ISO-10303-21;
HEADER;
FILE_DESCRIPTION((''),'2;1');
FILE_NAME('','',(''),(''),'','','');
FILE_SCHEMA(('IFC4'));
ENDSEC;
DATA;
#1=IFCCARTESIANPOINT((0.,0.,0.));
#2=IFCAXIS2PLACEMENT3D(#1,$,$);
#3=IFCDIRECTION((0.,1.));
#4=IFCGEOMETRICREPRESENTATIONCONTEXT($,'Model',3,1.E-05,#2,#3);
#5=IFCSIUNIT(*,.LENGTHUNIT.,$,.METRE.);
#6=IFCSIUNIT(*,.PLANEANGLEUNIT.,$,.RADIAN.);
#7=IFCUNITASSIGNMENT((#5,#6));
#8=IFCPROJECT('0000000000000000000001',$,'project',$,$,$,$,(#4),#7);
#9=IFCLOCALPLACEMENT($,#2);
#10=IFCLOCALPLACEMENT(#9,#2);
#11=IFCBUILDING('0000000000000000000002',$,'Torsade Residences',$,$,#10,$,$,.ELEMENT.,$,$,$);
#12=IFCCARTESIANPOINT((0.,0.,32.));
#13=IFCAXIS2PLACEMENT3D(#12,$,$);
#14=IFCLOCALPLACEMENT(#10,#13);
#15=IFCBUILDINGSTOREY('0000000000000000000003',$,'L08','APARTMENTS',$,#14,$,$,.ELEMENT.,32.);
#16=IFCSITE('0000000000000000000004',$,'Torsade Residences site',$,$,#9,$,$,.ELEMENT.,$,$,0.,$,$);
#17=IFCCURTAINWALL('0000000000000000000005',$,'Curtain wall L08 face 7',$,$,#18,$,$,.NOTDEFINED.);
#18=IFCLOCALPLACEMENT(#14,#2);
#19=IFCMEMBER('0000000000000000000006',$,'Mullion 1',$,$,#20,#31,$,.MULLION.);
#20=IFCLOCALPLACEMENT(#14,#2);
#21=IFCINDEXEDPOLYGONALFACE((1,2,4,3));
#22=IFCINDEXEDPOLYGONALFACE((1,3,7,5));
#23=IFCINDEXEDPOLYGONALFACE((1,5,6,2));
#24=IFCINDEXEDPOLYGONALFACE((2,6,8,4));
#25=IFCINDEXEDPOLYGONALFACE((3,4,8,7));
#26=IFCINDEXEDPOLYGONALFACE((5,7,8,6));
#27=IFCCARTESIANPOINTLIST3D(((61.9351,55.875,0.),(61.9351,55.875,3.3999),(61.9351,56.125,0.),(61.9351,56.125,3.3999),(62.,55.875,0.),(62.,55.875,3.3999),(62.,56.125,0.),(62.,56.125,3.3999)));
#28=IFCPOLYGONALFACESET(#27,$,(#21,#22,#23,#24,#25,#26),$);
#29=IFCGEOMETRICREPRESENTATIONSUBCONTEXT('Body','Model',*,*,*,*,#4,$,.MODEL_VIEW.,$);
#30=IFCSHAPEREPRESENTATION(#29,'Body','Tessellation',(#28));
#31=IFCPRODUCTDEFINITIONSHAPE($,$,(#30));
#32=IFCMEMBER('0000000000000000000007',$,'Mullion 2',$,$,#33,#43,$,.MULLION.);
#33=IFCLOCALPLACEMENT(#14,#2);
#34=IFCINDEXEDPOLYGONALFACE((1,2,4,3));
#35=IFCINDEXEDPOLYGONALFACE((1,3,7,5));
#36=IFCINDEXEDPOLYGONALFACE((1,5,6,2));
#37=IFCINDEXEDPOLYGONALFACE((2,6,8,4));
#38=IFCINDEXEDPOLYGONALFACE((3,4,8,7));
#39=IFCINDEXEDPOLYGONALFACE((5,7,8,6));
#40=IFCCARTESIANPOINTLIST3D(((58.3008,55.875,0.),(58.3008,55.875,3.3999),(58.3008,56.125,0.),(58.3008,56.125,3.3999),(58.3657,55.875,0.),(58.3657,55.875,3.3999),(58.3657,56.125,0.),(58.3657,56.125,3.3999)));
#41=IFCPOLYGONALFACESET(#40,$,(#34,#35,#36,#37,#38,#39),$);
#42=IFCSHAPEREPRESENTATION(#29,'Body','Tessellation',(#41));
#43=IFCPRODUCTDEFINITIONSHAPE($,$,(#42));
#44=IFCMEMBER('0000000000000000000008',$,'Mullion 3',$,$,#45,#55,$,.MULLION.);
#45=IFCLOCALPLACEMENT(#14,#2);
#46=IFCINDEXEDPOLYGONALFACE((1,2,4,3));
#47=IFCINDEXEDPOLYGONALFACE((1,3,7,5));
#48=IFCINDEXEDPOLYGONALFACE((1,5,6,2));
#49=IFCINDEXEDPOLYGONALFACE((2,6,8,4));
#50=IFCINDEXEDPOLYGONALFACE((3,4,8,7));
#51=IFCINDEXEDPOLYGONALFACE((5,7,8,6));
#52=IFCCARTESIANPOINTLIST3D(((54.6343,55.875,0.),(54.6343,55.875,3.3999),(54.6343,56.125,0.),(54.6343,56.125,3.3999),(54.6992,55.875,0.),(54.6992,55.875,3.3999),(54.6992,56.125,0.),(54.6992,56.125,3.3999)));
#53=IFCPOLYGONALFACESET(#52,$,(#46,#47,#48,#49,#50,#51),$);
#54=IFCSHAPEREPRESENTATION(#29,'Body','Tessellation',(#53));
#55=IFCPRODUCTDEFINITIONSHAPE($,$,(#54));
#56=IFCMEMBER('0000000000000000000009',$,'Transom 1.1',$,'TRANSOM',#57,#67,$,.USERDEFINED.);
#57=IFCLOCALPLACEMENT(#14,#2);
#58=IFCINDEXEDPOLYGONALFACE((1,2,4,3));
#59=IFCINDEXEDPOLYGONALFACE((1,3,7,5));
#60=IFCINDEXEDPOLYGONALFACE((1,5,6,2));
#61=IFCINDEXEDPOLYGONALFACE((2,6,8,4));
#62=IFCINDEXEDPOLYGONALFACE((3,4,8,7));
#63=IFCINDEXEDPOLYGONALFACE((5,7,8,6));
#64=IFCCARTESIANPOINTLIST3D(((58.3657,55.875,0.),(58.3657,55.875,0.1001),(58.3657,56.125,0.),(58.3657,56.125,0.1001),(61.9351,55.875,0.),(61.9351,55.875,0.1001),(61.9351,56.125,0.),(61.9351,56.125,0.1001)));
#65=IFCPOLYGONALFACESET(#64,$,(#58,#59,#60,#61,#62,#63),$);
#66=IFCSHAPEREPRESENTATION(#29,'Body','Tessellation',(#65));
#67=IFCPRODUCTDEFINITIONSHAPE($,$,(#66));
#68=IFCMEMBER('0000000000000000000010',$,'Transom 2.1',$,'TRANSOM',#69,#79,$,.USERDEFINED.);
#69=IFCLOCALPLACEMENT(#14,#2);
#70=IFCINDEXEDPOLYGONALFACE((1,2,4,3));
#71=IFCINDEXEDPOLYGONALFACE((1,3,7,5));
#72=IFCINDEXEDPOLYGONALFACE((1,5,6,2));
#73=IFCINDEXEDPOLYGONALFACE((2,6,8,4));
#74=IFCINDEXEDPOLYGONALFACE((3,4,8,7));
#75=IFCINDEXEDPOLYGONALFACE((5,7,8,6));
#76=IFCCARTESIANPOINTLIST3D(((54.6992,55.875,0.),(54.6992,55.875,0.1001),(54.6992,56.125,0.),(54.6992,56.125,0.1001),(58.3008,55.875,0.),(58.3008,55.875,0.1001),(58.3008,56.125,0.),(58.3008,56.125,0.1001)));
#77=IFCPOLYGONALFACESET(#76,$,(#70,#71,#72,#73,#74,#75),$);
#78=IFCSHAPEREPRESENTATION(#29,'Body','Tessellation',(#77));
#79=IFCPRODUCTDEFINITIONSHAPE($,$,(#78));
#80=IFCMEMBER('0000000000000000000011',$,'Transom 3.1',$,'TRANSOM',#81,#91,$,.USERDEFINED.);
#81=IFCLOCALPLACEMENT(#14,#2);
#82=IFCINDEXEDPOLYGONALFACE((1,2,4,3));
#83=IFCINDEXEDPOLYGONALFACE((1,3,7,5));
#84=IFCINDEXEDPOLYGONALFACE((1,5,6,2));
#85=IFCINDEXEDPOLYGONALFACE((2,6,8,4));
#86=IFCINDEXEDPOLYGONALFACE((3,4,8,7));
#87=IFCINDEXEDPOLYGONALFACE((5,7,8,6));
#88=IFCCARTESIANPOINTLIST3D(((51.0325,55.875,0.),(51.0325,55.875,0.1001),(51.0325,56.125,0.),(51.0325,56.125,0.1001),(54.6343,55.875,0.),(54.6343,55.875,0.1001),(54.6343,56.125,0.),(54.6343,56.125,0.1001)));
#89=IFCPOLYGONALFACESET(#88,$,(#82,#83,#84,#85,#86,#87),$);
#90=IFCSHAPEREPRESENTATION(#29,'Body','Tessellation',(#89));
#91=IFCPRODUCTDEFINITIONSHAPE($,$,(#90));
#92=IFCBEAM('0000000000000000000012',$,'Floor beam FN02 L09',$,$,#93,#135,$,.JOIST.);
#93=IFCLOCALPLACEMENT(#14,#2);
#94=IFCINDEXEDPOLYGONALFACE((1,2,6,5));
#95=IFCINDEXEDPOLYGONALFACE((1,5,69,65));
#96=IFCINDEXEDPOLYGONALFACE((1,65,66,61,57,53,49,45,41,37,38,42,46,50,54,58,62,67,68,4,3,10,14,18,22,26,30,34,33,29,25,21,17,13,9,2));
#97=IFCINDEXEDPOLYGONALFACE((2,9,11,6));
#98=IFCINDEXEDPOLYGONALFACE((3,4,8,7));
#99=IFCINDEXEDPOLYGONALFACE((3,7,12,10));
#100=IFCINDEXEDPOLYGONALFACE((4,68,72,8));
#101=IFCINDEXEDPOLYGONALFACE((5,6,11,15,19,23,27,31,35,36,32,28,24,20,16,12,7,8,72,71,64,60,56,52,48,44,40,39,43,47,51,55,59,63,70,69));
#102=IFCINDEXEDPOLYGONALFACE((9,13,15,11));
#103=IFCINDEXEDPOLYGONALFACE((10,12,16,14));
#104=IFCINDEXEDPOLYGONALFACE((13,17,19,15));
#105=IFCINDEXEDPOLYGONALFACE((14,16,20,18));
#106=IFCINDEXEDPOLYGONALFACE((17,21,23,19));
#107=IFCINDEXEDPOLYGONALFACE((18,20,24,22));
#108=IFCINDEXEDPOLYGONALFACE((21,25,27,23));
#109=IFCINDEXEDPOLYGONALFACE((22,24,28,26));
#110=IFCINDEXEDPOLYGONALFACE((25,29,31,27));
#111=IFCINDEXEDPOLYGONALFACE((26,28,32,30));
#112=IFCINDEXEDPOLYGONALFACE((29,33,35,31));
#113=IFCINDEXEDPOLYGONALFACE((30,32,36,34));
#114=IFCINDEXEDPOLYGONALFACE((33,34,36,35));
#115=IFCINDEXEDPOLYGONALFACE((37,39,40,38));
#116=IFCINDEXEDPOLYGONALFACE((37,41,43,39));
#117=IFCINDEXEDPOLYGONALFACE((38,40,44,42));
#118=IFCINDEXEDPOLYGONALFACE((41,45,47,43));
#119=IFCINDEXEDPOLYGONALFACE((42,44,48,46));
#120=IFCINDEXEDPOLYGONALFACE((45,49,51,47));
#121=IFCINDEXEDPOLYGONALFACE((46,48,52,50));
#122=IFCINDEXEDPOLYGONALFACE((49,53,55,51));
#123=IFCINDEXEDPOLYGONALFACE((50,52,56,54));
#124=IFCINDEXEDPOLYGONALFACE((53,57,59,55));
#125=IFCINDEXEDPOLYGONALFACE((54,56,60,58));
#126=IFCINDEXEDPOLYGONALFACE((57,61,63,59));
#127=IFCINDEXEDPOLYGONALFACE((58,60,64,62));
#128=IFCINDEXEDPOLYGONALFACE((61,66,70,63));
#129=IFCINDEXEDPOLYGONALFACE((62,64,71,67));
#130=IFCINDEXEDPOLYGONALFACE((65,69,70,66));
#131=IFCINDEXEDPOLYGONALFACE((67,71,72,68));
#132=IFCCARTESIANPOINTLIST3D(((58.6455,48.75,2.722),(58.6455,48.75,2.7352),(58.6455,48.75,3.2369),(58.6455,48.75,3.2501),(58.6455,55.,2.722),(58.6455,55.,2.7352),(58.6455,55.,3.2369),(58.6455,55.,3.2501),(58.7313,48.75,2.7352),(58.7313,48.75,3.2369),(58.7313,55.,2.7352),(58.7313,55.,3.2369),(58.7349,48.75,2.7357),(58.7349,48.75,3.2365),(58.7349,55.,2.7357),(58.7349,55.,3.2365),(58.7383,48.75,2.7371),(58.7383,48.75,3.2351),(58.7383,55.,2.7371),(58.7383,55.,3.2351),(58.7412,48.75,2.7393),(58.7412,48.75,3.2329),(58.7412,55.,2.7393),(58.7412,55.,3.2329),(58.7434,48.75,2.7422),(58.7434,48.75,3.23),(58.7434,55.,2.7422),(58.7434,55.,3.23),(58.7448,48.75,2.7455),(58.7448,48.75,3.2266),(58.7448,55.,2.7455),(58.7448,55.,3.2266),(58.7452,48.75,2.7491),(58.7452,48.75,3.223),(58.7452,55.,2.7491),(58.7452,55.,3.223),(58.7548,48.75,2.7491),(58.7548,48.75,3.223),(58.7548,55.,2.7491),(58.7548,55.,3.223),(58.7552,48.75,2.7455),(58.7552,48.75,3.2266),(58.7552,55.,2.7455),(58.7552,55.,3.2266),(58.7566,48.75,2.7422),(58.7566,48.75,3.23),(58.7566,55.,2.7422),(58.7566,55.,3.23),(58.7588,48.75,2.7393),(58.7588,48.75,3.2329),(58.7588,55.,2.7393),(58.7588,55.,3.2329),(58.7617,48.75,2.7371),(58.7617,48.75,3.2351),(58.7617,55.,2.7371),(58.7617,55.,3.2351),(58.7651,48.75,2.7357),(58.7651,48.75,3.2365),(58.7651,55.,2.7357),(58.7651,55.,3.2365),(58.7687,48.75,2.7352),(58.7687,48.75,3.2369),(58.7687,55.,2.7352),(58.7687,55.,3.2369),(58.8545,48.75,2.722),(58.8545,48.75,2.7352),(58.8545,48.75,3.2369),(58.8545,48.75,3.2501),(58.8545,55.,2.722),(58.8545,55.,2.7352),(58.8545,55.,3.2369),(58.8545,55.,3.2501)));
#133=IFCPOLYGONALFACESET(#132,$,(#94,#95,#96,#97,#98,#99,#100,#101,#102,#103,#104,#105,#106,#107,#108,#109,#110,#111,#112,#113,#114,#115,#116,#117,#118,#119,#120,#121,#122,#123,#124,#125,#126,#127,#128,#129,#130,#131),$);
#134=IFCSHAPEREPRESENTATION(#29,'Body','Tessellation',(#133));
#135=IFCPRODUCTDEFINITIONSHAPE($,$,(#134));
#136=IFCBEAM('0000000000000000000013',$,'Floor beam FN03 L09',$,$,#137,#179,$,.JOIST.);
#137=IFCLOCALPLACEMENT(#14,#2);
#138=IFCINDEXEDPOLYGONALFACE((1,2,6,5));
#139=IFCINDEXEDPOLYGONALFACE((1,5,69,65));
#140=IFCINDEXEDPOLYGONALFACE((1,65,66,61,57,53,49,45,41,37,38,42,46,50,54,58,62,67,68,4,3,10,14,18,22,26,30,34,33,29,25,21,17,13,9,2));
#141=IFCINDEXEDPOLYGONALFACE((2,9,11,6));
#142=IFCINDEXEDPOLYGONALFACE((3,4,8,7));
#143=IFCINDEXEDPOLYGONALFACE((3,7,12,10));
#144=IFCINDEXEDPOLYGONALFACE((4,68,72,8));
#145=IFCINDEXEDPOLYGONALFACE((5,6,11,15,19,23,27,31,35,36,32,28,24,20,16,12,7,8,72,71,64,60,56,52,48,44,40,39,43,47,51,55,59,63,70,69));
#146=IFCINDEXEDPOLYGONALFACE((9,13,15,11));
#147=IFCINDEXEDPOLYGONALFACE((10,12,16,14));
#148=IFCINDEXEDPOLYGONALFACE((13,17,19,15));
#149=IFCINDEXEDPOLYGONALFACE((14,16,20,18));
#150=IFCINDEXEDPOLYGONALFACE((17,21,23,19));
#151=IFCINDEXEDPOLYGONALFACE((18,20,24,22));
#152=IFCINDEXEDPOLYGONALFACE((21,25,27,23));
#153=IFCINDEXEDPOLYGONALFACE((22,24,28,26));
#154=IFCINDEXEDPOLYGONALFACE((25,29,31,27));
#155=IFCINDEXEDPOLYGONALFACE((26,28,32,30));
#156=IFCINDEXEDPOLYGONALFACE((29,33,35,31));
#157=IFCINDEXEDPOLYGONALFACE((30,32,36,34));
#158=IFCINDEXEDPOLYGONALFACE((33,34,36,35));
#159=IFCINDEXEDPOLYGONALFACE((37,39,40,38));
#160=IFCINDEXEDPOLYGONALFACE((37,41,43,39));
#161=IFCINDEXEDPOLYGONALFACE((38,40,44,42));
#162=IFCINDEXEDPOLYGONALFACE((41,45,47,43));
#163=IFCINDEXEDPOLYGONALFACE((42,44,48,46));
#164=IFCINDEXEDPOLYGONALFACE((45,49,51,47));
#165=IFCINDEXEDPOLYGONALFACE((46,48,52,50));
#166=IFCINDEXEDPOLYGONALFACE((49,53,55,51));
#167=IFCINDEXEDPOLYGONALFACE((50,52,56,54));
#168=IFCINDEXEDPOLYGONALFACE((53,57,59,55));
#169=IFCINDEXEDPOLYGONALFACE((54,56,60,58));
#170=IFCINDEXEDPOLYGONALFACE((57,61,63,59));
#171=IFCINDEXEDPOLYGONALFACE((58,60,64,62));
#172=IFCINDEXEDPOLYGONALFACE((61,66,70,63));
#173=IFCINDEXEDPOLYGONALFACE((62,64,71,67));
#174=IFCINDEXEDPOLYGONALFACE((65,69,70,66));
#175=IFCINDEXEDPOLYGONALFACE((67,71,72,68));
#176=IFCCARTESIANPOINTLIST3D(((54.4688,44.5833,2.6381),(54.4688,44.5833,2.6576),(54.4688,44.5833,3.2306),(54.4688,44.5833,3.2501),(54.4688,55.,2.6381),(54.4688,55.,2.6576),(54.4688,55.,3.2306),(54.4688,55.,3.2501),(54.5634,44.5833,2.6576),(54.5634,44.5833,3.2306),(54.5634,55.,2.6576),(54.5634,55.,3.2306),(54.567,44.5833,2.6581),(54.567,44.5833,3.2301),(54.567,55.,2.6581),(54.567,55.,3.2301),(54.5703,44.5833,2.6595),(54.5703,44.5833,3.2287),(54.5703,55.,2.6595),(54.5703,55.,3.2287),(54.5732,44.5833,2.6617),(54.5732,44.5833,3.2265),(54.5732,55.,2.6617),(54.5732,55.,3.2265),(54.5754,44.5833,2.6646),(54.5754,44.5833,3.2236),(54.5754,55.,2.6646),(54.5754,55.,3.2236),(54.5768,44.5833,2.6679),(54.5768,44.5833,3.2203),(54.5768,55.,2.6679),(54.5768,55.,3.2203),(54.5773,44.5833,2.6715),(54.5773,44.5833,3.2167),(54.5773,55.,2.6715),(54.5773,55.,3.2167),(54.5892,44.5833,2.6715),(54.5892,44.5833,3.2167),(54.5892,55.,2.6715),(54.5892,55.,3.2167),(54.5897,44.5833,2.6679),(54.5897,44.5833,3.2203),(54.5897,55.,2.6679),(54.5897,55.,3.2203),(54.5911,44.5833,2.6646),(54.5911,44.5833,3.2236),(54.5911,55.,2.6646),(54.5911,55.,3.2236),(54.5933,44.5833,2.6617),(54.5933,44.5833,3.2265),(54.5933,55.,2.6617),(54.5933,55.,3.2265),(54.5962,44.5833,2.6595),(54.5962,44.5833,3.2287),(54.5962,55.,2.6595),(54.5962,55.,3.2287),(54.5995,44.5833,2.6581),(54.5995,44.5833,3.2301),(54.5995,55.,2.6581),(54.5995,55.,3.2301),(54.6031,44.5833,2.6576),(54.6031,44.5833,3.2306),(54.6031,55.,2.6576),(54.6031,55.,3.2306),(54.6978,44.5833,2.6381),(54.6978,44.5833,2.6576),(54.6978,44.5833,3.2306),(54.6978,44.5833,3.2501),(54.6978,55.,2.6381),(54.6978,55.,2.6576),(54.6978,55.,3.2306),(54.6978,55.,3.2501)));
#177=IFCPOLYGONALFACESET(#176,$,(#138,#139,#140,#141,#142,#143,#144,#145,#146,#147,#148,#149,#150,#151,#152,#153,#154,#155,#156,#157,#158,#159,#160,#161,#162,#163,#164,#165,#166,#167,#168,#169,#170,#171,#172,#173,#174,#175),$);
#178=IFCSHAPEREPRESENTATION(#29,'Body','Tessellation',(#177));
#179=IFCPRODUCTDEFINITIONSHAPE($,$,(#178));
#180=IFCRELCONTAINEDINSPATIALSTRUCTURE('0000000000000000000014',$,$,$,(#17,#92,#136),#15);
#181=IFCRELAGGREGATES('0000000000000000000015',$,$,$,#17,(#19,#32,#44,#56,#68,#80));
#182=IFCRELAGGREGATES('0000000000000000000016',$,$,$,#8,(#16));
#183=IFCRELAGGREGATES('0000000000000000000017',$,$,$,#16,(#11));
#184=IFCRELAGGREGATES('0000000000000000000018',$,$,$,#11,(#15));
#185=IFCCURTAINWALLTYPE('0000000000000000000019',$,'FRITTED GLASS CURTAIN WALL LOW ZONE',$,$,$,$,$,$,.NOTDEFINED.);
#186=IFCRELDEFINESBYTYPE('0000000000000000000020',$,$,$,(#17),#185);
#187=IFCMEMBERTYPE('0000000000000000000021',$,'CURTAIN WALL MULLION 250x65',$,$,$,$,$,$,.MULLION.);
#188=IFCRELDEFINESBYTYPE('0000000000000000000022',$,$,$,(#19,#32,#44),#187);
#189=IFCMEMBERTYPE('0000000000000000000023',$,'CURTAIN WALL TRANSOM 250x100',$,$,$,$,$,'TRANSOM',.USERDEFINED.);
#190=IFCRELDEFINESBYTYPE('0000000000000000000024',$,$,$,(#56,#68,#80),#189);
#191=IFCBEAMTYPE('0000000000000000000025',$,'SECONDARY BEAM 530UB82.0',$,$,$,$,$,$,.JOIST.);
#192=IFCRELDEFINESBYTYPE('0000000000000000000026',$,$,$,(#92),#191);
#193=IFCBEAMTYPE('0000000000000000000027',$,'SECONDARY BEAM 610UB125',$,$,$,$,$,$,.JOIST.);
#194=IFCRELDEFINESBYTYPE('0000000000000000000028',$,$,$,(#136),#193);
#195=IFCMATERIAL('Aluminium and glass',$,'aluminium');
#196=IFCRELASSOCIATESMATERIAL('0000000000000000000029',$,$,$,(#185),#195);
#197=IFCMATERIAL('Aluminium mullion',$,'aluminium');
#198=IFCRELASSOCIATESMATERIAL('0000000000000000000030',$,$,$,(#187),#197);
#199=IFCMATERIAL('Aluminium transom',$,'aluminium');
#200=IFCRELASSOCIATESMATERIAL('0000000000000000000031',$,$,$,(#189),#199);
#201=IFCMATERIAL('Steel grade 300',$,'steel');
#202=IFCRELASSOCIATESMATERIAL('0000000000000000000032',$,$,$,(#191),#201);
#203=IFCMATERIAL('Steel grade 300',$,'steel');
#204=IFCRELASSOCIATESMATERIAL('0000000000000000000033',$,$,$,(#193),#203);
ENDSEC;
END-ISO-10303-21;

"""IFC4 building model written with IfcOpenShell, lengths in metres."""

from ifc_helpers import new_model, si_unit, direction, frame, origin, origin_2d, place, context, subcontext, project, spatial, rectangle, i_section, extrude, material, material_profile, profile_set, type_object, element, aggregate, save


model = new_model("IFC4")

# Units and contexts
model_context = context("Model", 3, precision=1e-05, world=origin(), true_north=direction((0.0, 1.0)))
body_context = subcontext(model_context, "Body", "Model", "MODEL_VIEW")
ifc_project = project(units=[si_unit("LENGTHUNIT", "METRE"), si_unit("PLANEANGLEUNIT", "RADIAN")], contexts=[model_context])

# Site, building, storey
site_placement = place(None, origin())
site = spatial("IfcSite", under=ifc_project, at=site_placement, Name="Torsade Residences site", CompositionType="ELEMENT", RefElevation=0.0)
building_placement = place(site_placement, origin())
building = spatial("IfcBuilding", under=site, at=building_placement, Name="Torsade Residences", CompositionType="ELEMENT")
storey_placement = place(building_placement, frame((0.0, 0.0, 32.0)))
storey = spatial("IfcBuildingStorey", under=building, at=storey_placement, Name="L08", Description="APARTMENTS", CompositionType="ELEMENT", Elevation=32.0)

# Curtain wall, members
ifc_material_1 = material(Name="Aluminium and glass", Category="aluminium")
curtain_wall_type = type_object("IfcCurtainWallType", Name="FRITTED GLASS CURTAIN WALL LOW ZONE", PredefinedType="NOTDEFINED", material=ifc_material_1)
curtain_wall_placement = place(storey_placement, origin())
curtain_wall = element("IfcCurtainWall", 1, at=curtain_wall_placement, inside=storey, type_object=curtain_wall_type, Name="Curtain wall L08 face 7", PredefinedType="NOTDEFINED")
ifc_material_2 = material(Name="Aluminium mullion", Category="aluminium")
ifc_material_profile_1 = material_profile(ifc_material_2, rectangle(XDim=0.25, YDim=0.0649, at=origin_2d()), Name="CURTAIN WALL MULLION 250x65")
ifc_profile_set_1 = profile_set([ifc_material_profile_1], Name="Aluminium mullion")
member_type_1 = type_object("IfcMemberType", Name="CURTAIN WALL MULLION 250x65", PredefinedType="MULLION", material=ifc_profile_set_1)
member_1_placement = place(storey_placement, frame((61.9675, 56.0, 0.0), z_axis=(0.0, 0.0, 1.0), x_axis=(0.0, -1.0, 0.0)))
member_1 = element("IfcMember", 2, at=member_1_placement, type_object=member_type_1, Name="Mullion 1", PredefinedType="MULLION", context=body_context, shape_type="SweptSolid", body=[
    extrude(rectangle(XDim=0.25, YDim=0.0649, at=origin_2d()), origin(), (0.0, 0.0, 1.0), 3.3999),
])
member_2_placement = place(storey_placement, frame((58.3333, 56.0, 0.0), z_axis=(0.0, 0.0, 1.0), x_axis=(0.0, -1.0, 0.0)))
member_2 = element("IfcMember", 3, at=member_2_placement, type_object=member_type_1, Name="Mullion 2", PredefinedType="MULLION", context=body_context, shape_type="SweptSolid", body=[
    extrude(rectangle(XDim=0.25, YDim=0.0649, at=origin_2d()), origin(), (0.0, 0.0, 1.0), 3.3999),
])
member_3_placement = place(storey_placement, frame((54.6667, 56.0, 0.0), z_axis=(0.0, 0.0, 1.0), x_axis=(0.0, -1.0, 0.0)))
member_3 = element("IfcMember", 4, at=member_3_placement, type_object=member_type_1, Name="Mullion 3", PredefinedType="MULLION", context=body_context, shape_type="SweptSolid", body=[
    extrude(rectangle(XDim=0.25, YDim=0.0649, at=origin_2d()), origin(), (0.0, 0.0, 1.0), 3.3999),
])
ifc_material_3 = material(Name="Aluminium transom", Category="aluminium")
ifc_material_profile_2 = material_profile(ifc_material_3, rectangle(XDim=0.25, YDim=0.1001, at=origin_2d()), Name="CURTAIN WALL TRANSOM 250x100")
ifc_profile_set_2 = profile_set([ifc_material_profile_2], Name="Aluminium transom")
member_type_2 = type_object("IfcMemberType", Name="CURTAIN WALL TRANSOM 250x100", ElementType="TRANSOM", PredefinedType="USERDEFINED", material=ifc_profile_set_2)
member_4_placement = place(storey_placement, frame((61.9351, 56.0, 0.05), z_axis=(-1.0, 0.0, 0.0), x_axis=(0.0, -1.0, 0.0)))
member_4 = element("IfcMember", 5, at=member_4_placement, type_object=member_type_2, Name="Transom 1.1", ObjectType="TRANSOM", PredefinedType="USERDEFINED", context=body_context, shape_type="SweptSolid", body=[
    extrude(rectangle(XDim=0.25, YDim=0.1001, at=origin_2d()), origin(), (0.0, 0.0, 1.0), 3.5693),
])
member_5_placement = place(storey_placement, frame((58.3008, 56.0, 0.05), z_axis=(-1.0, 0.0, 0.0), x_axis=(0.0, -1.0, 0.0)))
member_5 = element("IfcMember", 6, at=member_5_placement, type_object=member_type_2, Name="Transom 2.1", ObjectType="TRANSOM", PredefinedType="USERDEFINED", context=body_context, shape_type="SweptSolid", body=[
    extrude(rectangle(XDim=0.25, YDim=0.1001, at=origin_2d()), origin(), (0.0, 0.0, 1.0), 3.6016),
])
member_6_placement = place(storey_placement, frame((54.6343, 56.0, 0.05), z_axis=(-1.0, 0.0, 0.0), x_axis=(0.0, -1.0, 0.0)))
member_6 = element("IfcMember", 7, at=member_6_placement, type_object=member_type_2, Name="Transom 3.1", ObjectType="TRANSOM", PredefinedType="USERDEFINED", context=body_context, shape_type="SweptSolid", body=[
    extrude(rectangle(XDim=0.25, YDim=0.1001, at=origin_2d()), origin(), (0.0, 0.0, 1.0), 3.6018),
])

# Beams
ifc_material_4 = material(Name="Steel grade 300", Category="steel")
ifc_material_profile_3 = material_profile(ifc_material_4, i_section(OverallWidth=0.209, OverallDepth=0.5281, WebThickness=0.0095, FlangeThickness=0.0132, FilletRadius=0.0139, at=origin_2d()), Name="530UB82.0")
ifc_profile_set_3 = profile_set([ifc_material_profile_3], Name="Steel grade 300")
beam_type_1 = type_object("IfcBeamType", Name="SECONDARY BEAM 530UB82.0", PredefinedType="JOIST", material=ifc_profile_set_3)
beam_1_placement = place(storey_placement, frame((58.75, 55.0, 2.9861), z_axis=(0.0, -1.0, 0.0), x_axis=(1.0, 0.0, 0.0)))
element("IfcBeam", 8, at=beam_1_placement, inside=storey, type_object=beam_type_1, Name="Floor beam FN02 L09", PredefinedType="JOIST", context=body_context, shape_type="SweptSolid", body=[
    extrude(i_section(OverallWidth=0.209, OverallDepth=0.5281, WebThickness=0.0095, FlangeThickness=0.0132, FilletRadius=0.0139, at=origin_2d()), origin(), (0.0, 0.0, 1.0), 6.25),
])
ifc_material_5 = material(Name="Steel grade 300", Category="steel")
ifc_material_profile_4 = material_profile(ifc_material_5, i_section(OverallWidth=0.229, OverallDepth=0.6121, WebThickness=0.012, FlangeThickness=0.0195, FilletRadius=0.0139, at=origin_2d()), Name="610UB125")
ifc_profile_set_4 = profile_set([ifc_material_profile_4], Name="Steel grade 300")
beam_type_2 = type_object("IfcBeamType", Name="SECONDARY BEAM 610UB125", PredefinedType="JOIST", material=ifc_profile_set_4)
beam_2_placement = place(storey_placement, frame((54.5833, 55.0, 2.9441), z_axis=(0.0, -1.0, 0.0), x_axis=(1.0, 0.0, 0.0)))
element("IfcBeam", 9, at=beam_2_placement, inside=storey, type_object=beam_type_2, Name="Floor beam FN03 L09", PredefinedType="JOIST", context=body_context, shape_type="SweptSolid", body=[
    extrude(i_section(OverallWidth=0.229, OverallDepth=0.6121, WebThickness=0.012, FlangeThickness=0.0195, FilletRadius=0.0139, at=origin_2d()), origin(), (0.0, 0.0, 1.0), 10.4167),
])

aggregate(curtain_wall, [member_1, member_2, member_3, member_4, member_5, member_6])

save(model, "model.ifc")
